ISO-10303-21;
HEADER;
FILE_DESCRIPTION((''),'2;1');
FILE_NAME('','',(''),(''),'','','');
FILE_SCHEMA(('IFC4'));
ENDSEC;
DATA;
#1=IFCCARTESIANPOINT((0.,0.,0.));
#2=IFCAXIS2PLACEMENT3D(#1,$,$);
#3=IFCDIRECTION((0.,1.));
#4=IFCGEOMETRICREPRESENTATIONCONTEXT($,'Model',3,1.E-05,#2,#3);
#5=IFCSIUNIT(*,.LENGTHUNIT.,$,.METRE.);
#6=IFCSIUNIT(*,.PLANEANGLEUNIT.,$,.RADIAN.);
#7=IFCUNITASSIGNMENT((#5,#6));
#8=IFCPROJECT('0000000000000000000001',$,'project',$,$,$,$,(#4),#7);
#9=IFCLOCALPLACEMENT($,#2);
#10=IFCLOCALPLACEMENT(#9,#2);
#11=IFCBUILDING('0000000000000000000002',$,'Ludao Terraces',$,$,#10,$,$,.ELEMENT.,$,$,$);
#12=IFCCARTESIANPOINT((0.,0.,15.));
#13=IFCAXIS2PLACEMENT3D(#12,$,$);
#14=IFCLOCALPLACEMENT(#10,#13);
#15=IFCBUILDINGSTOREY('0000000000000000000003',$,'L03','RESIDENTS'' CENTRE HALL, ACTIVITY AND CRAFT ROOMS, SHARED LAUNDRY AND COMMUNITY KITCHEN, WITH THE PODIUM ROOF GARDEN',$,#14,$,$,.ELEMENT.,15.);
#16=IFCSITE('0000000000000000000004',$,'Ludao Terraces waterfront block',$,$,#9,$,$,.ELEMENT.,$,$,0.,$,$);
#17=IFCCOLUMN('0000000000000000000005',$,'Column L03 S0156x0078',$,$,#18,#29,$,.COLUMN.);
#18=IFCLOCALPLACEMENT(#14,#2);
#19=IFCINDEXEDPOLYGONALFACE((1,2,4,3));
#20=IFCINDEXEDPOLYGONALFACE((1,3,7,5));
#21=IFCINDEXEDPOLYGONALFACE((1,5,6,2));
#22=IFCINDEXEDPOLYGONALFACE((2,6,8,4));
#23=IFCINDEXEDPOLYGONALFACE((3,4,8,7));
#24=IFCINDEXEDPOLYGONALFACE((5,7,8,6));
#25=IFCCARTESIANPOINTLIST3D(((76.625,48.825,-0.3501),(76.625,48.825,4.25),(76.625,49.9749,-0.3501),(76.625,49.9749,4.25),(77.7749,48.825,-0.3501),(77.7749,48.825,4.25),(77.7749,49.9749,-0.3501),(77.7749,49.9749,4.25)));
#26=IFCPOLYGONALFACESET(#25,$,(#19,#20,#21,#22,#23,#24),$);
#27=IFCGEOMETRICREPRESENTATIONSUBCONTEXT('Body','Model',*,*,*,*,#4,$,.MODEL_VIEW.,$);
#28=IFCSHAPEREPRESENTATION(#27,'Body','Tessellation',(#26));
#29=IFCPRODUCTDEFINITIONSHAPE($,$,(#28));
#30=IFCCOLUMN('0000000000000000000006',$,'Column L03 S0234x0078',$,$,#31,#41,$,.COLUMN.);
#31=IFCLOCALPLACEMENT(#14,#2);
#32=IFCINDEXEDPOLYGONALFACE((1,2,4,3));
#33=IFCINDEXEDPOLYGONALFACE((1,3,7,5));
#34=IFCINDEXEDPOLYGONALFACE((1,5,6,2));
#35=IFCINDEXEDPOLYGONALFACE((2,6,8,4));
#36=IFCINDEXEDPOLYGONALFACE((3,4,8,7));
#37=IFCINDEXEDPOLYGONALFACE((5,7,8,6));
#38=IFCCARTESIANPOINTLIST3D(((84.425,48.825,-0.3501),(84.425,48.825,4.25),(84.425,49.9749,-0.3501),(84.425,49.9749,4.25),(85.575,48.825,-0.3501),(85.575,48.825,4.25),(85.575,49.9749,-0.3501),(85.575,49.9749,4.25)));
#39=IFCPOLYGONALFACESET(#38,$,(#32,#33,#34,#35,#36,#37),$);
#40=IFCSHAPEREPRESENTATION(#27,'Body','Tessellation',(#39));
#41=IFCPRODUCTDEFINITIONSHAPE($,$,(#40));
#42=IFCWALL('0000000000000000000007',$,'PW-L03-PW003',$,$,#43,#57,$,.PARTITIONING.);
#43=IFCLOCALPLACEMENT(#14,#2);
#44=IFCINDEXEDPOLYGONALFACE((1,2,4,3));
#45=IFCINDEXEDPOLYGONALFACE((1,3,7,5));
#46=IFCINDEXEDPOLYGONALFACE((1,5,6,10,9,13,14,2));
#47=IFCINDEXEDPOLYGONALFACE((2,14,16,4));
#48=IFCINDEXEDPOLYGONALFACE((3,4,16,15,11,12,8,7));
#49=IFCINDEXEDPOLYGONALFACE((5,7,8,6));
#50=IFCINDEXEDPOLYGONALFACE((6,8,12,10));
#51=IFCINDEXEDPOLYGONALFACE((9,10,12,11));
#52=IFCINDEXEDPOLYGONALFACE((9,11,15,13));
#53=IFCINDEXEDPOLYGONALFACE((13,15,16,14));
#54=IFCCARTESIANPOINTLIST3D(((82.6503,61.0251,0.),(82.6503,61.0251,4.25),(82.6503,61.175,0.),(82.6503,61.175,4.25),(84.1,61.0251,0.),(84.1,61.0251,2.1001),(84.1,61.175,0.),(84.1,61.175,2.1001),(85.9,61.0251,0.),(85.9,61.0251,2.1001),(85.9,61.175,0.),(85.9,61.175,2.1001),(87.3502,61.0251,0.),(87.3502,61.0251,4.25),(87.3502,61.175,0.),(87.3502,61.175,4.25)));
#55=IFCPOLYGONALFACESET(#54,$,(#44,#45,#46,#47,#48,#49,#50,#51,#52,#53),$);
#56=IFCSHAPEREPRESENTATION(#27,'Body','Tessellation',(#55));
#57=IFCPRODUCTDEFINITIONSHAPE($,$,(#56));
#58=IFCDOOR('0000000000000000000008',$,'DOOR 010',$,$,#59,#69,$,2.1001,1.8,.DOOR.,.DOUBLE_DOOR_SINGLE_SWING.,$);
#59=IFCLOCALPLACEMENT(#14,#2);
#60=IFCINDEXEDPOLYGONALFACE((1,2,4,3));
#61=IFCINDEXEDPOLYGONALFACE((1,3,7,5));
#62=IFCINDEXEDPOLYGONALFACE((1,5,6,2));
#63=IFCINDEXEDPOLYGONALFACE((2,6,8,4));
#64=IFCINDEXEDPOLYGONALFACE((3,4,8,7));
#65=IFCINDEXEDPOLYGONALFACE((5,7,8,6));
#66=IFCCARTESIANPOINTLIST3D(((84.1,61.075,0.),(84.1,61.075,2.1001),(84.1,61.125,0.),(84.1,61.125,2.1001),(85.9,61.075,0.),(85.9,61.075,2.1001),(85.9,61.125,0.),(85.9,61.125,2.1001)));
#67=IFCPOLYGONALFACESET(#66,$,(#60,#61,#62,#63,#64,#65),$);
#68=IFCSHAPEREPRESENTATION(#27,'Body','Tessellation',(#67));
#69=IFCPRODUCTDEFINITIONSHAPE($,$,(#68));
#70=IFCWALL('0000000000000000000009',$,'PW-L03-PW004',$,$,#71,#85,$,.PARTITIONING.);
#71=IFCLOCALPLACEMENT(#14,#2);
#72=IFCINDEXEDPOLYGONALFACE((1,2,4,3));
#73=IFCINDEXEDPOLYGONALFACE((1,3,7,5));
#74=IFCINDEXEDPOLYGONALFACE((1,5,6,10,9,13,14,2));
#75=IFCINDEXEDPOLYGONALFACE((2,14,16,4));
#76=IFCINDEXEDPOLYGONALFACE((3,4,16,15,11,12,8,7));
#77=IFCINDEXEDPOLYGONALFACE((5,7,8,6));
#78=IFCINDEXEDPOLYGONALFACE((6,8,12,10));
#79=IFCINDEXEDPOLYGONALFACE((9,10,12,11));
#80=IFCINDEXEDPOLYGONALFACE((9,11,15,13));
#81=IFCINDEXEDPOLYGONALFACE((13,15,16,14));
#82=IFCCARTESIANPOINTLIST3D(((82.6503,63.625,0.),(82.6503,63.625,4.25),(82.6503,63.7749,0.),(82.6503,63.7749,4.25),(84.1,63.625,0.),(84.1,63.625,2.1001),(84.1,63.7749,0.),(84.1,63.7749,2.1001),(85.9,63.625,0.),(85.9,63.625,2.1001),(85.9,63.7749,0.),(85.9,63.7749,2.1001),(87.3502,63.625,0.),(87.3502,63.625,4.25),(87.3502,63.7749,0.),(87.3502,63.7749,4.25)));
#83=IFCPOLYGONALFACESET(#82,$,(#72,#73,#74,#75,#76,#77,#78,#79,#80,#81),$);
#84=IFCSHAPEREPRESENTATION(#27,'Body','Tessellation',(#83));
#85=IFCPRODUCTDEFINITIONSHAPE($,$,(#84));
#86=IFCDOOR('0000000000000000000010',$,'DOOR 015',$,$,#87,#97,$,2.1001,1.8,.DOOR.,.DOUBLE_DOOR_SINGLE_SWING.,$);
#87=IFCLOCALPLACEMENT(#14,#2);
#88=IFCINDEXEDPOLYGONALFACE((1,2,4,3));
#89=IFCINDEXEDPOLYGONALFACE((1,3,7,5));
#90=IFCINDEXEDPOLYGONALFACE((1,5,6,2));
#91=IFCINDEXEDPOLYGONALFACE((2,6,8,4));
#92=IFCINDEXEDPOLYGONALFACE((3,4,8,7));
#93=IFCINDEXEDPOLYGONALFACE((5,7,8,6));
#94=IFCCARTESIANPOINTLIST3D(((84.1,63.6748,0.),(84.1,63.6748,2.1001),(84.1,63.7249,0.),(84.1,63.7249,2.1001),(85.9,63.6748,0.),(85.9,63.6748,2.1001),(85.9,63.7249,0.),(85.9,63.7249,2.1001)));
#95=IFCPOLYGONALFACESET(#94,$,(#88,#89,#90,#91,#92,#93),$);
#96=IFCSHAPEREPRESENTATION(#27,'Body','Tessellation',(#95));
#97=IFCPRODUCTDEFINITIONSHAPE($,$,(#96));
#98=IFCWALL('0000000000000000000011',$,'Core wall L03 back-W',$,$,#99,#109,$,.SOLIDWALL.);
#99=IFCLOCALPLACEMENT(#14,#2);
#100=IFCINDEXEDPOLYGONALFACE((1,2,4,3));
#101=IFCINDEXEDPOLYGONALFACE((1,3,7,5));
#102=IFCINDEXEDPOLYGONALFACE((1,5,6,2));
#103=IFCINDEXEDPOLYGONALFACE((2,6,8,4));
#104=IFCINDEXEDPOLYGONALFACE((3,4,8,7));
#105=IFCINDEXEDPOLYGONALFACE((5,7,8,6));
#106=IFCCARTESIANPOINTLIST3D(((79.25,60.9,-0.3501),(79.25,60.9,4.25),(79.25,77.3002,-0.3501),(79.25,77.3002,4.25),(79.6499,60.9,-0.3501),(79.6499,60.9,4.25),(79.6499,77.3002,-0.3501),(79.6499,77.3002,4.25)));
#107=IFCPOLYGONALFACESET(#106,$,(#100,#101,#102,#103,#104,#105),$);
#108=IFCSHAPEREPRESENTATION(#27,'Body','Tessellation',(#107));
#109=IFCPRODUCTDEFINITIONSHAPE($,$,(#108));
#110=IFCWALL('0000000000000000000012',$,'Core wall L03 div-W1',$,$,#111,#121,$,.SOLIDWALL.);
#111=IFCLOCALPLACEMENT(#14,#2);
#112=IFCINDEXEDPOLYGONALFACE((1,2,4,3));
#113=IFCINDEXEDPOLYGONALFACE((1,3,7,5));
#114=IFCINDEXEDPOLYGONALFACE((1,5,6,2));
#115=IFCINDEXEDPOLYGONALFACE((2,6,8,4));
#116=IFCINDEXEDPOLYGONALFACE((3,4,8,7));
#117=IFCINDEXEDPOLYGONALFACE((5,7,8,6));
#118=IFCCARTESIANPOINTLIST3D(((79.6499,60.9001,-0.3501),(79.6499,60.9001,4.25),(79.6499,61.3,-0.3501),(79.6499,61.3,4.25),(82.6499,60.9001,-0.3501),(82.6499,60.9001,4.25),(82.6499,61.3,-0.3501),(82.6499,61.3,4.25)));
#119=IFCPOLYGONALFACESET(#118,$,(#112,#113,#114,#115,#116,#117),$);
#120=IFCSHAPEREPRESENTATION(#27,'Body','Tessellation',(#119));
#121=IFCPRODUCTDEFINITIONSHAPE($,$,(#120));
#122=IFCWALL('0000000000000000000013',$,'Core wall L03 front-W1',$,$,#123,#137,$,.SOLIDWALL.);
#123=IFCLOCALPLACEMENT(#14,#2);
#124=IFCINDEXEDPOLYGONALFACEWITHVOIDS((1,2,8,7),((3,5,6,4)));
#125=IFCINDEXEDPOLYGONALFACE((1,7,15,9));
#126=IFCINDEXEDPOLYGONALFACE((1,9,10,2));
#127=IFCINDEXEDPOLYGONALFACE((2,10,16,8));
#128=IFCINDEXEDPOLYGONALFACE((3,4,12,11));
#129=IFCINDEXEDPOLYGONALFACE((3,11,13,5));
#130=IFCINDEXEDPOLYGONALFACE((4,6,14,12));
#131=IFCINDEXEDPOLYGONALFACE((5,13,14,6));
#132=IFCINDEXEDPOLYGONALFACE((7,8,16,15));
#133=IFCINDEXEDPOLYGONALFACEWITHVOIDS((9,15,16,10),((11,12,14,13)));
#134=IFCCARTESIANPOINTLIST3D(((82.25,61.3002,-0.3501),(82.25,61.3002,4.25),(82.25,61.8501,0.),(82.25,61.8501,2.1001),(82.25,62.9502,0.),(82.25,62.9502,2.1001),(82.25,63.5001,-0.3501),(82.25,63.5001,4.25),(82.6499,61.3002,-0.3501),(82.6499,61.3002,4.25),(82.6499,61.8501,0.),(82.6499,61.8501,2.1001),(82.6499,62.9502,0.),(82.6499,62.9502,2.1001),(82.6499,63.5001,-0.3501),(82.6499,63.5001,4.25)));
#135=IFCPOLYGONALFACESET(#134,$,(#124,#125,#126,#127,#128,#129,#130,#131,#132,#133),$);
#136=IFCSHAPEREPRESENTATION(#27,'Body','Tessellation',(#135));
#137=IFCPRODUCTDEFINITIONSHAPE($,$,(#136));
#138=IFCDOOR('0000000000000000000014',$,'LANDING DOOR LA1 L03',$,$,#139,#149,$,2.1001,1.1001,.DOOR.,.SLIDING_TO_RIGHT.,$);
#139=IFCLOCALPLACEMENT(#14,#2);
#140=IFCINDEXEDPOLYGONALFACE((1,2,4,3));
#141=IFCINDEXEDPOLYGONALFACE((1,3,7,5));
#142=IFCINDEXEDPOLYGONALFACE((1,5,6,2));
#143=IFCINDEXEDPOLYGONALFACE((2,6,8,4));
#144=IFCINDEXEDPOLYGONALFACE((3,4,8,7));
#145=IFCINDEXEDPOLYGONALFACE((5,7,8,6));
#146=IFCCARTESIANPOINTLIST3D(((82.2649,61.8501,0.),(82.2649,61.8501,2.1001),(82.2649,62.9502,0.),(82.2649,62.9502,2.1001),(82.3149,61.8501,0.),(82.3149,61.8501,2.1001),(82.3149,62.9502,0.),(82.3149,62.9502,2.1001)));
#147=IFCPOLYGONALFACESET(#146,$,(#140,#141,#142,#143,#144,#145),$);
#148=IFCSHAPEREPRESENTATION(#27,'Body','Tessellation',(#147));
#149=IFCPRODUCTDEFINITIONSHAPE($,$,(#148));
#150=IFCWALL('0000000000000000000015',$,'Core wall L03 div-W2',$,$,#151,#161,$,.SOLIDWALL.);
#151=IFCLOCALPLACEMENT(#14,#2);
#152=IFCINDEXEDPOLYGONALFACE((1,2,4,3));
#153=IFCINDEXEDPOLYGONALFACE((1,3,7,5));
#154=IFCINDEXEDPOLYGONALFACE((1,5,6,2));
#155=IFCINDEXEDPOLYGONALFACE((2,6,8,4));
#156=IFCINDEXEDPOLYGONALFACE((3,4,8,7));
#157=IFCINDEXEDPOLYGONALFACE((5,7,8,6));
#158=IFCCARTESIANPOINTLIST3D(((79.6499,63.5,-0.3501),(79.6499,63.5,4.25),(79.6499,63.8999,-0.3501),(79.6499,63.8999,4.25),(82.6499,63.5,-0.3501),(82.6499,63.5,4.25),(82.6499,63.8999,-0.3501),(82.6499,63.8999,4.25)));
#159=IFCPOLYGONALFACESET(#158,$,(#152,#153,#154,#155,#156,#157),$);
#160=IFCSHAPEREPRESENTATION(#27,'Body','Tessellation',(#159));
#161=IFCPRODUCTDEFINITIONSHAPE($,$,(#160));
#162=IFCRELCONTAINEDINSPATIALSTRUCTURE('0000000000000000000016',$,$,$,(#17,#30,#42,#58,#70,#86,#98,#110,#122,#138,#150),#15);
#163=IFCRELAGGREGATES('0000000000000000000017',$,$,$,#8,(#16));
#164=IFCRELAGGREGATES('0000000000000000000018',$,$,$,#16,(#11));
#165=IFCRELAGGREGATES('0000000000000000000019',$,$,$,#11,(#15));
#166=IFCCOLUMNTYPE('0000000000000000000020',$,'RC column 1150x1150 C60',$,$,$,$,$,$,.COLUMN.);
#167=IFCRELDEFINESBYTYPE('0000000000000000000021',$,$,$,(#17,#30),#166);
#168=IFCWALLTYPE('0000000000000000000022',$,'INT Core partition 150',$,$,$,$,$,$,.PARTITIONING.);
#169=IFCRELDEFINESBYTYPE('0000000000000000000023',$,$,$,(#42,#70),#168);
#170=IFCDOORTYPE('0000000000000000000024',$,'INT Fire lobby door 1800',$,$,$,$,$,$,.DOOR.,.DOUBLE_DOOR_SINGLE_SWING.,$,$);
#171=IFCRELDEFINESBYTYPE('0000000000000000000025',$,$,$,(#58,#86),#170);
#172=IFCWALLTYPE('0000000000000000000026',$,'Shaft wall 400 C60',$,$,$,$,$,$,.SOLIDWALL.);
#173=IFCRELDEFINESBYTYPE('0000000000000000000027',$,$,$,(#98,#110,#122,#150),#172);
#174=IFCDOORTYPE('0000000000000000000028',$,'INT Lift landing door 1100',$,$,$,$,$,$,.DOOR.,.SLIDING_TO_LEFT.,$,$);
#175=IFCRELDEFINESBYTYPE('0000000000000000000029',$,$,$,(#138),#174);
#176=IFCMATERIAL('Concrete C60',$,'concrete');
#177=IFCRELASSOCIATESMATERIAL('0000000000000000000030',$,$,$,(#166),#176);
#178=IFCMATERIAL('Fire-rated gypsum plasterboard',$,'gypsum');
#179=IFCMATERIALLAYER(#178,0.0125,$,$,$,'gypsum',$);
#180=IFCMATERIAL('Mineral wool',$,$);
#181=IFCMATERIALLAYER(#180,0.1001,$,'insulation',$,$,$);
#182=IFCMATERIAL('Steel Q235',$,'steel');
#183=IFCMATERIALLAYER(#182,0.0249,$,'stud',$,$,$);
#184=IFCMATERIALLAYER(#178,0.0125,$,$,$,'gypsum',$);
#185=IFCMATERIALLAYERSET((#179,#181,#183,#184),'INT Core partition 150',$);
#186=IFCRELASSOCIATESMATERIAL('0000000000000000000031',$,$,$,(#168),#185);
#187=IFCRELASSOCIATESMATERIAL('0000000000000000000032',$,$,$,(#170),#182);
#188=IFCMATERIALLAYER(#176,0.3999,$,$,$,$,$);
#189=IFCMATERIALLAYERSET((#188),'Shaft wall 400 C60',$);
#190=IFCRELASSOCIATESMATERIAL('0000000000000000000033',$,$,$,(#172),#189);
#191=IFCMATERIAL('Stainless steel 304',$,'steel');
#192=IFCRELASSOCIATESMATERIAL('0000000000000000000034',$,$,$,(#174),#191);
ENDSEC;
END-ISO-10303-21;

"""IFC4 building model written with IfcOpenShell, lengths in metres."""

from ifc_helpers import new_model, si_unit, direction, frame, frame_2d, origin, origin_2d, place, context, subcontext, project, spatial, rectangle, extrude, material, layer, layer_set, material_profile, profile_set, type_object, element, fill, save


model = new_model("IFC4")

# Units and contexts
model_context = context("Model", 3, precision=1e-05, world=origin(), true_north=direction((0.0, 1.0)))
body_context = subcontext(model_context, "Body", "Model", "MODEL_VIEW")
ifc_project = project(units=[si_unit("LENGTHUNIT", "METRE"), si_unit("PLANEANGLEUNIT", "RADIAN")], contexts=[model_context])

# Site, building, storey
site_placement = place(None, origin())
site = spatial("IfcSite", under=ifc_project, at=site_placement, Name="Ludao Terraces waterfront block", CompositionType="ELEMENT", RefElevation=0.0)
building_placement = place(site_placement, origin())
building = spatial("IfcBuilding", under=site, at=building_placement, Name="Ludao Terraces", CompositionType="ELEMENT")
storey_placement = place(building_placement, frame((0.0, 0.0, 15.0)))
storey = spatial("IfcBuildingStorey", under=building, at=storey_placement, Name="L03", Description="RESIDENTS' CENTRE HALL, ACTIVITY AND CRAFT ROOMS, SHARED LAUNDRY AND COMMUNITY KITCHEN, WITH THE PODIUM ROOF GARDEN", CompositionType="ELEMENT", Elevation=15.0)

# Columns
ifc_material_1 = material(Name="Concrete C60", Category="concrete")
ifc_material_profile = material_profile(ifc_material_1, rectangle(XDim=1.1499, YDim=1.1499, at=origin_2d()), Name="1150 X 1150")
ifc_profile_set = profile_set([ifc_material_profile], Name="Concrete C60")
column_type = type_object("IfcColumnType", Name="RC column 1150x1150 C60", PredefinedType="COLUMN", material=ifc_profile_set)
for number, where, z_axis, x_axis, name in (
    (1, (77.2, 49.3999, -0.3501), (0.0, 0.0, 1.0), (1.0, 0.0, 0.0), "Column L03 S0156x0078"),
    (2, (85.0, 49.3999, -0.3501), (0.0, 0.0, 1.0), (1.0, 0.0, 0.0), "Column L03 S0234x0078"),
):
    element("IfcColumn", number, at=place(storey_placement, frame(where, z_axis=z_axis, x_axis=x_axis)), inside=storey, type_object=column_type, Name=name, PredefinedType="COLUMN", context=body_context, shape_type="SweptSolid", body=[
        extrude(rectangle(XDim=1.1499, YDim=1.1499, at=origin_2d()), origin(), (0.0, 0.0, 1.0), 4.6001),
    ])

# Walls, openings, doors
ifc_material_2 = material(Name="Fire-rated gypsum plasterboard", Category="gypsum")
ifc_layer_1 = layer(ifc_material_2, 0.0125, Category="gypsum")
ifc_material_3 = material(Name="Mineral wool")
ifc_layer_2 = layer(ifc_material_3, 0.1001, Name="insulation")
ifc_material_4 = material(Name="Steel Q235", Category="steel")
ifc_layer_3 = layer(ifc_material_4, 0.0249, Name="stud")
ifc_layer_4 = layer(ifc_material_2, 0.0125, Category="gypsum")
ifc_layer_set_1 = layer_set([ifc_layer_1, ifc_layer_2, ifc_layer_3, ifc_layer_4], Name="INT Core partition 150")
wall_type_1 = type_object("IfcWallType", Name="INT Core partition 150", PredefinedType="PARTITIONING", material=ifc_layer_set_1)
wall_1_placement = place(storey_placement, frame((82.6501, 61.1001, 0.0), z_axis=(0.0, 0.0, 1.0), x_axis=(1.0, 0.0, 0.0)))
wall_1 = element("IfcWall", 3, at=wall_1_placement, inside=storey, type_object=wall_type_1, Name="PW-L03-PW003", PredefinedType="PARTITIONING", context=body_context, shape_type="SweptSolid", body=[
    extrude(rectangle(XDim=4.7, YDim=0.1499, at=frame_2d((2.3501, 0.0))), origin(), (0.0, 0.0, 1.0), 4.25),
])
opening_1_placement = place(wall_1_placement, frame((1.45, 0.0, 0.0)))
opening_1 = element("IfcOpeningElement", 4, at=opening_1_placement, cuts=wall_1, PredefinedType="OPENING", context=body_context, shape_type="SweptSolid", body=[
    extrude(rectangle(XDim=1.8, YDim=2.1001, at=frame_2d((0.8999, 1.05))), frame((0.0, 0.085, 0.0), z_axis=(0.0, -1.0, 0.0), x_axis=(1.0, 0.0, 0.0)), (0.0, 0.0, 1.0), 0.1699),
])
door_type_1 = type_object("IfcDoorType", Name="INT Fire lobby door 1800", OperationType="DOUBLE_DOOR_SINGLE_SWING", PredefinedType="DOOR", material=ifc_material_4)
door_1_placement = place(opening_1_placement, origin())
door_1 = element("IfcDoor", 5, at=door_1_placement, inside=storey, type_object=door_type_1, Name="DOOR 010", OperationType="DOUBLE_DOOR_SINGLE_SWING", OverallHeight=2.1001, OverallWidth=1.8, PredefinedType="DOOR", context=body_context, shape_type="SweptSolid", body=[
    extrude(rectangle(XDim=1.8, YDim=2.1001, at=frame_2d((0.8999, 1.05))), frame((0.0, 0.0249, 0.0), z_axis=(0.0, -1.0, 0.0), x_axis=(1.0, 0.0, 0.0)), (0.0, 0.0, 1.0), 0.05),
])
fill(opening_1, door_1)
wall_2_placement = place(storey_placement, frame((82.6501, 63.7, 0.0), z_axis=(0.0, 0.0, 1.0), x_axis=(1.0, 0.0, 0.0)))
wall_2 = element("IfcWall", 6, at=wall_2_placement, inside=storey, type_object=wall_type_1, Name="PW-L03-PW004", PredefinedType="PARTITIONING", context=body_context, shape_type="SweptSolid", body=[
    extrude(rectangle(XDim=4.7, YDim=0.1499, at=frame_2d((2.3501, 0.0))), origin(), (0.0, 0.0, 1.0), 4.25),
])
opening_2_placement = place(wall_2_placement, frame((1.45, 0.0, 0.0)))
opening_2 = element("IfcOpeningElement", 7, at=opening_2_placement, cuts=wall_2, PredefinedType="OPENING", context=body_context, shape_type="SweptSolid", body=[
    extrude(rectangle(XDim=1.8, YDim=2.1001, at=frame_2d((0.8999, 1.05))), frame((0.0, 0.085, 0.0), z_axis=(0.0, -1.0, 0.0), x_axis=(1.0, 0.0, 0.0)), (0.0, 0.0, 1.0), 0.1699),
])
door_2_placement = place(opening_2_placement, origin())
door_2 = element("IfcDoor", 8, at=door_2_placement, inside=storey, type_object=door_type_1, Name="DOOR 015", OperationType="DOUBLE_DOOR_SINGLE_SWING", OverallHeight=2.1001, OverallWidth=1.8, PredefinedType="DOOR", context=body_context, shape_type="SweptSolid", body=[
    extrude(rectangle(XDim=1.8, YDim=2.1001, at=frame_2d((0.8999, 1.05))), frame((0.0, 0.0249, 0.0), z_axis=(0.0, -1.0, 0.0), x_axis=(1.0, 0.0, 0.0)), (0.0, 0.0, 1.0), 0.05),
])
fill(opening_2, door_2)

# Walls
ifc_layer_5 = layer(ifc_material_1, 0.3999)
ifc_layer_set_2 = layer_set([ifc_layer_5], Name="Shaft wall 400 C60")
wall_type_2 = type_object("IfcWallType", Name="Shaft wall 400 C60", PredefinedType="SOLIDWALL", material=ifc_layer_set_2)
wall_3_placement = place(storey_placement, frame((79.45, 60.8999, -0.3501), z_axis=(0.0, 0.0, 1.0), x_axis=(0.0, 1.0, 0.0)))
element("IfcWall", 9, at=wall_3_placement, inside=storey, type_object=wall_type_2, Name="Core wall L03 back-W", PredefinedType="SOLIDWALL", context=body_context, shape_type="SweptSolid", body=[
    extrude(rectangle(XDim=16.4001, YDim=0.3999, at=frame_2d((8.2002, 0.0))), origin(), (0.0, 0.0, 1.0), 4.6001),
])
wall_4_placement = place(storey_placement, frame((79.6499, 61.1001, -0.3501), z_axis=(0.0, 0.0, 1.0), x_axis=(1.0, 0.0, 0.0)))
element("IfcWall", 10, at=wall_4_placement, inside=storey, type_object=wall_type_2, Name="Core wall L03 div-W1", PredefinedType="SOLIDWALL", context=body_context, shape_type="SweptSolid", body=[
    extrude(rectangle(XDim=3.0, YDim=0.3999, at=frame_2d((1.5, 0.0))), origin(), (0.0, 0.0, 1.0), 4.6001),
])

# Wall, opening, door
wall_5_placement = place(storey_placement, frame((82.45, 61.3, -0.3501), z_axis=(0.0, 0.0, 1.0), x_axis=(0.0, 1.0, 0.0)))
wall_5 = element("IfcWall", 11, at=wall_5_placement, inside=storey, type_object=wall_type_2, Name="Core wall L03 front-W1", PredefinedType="SOLIDWALL", context=body_context, shape_type="SweptSolid", body=[
    extrude(rectangle(XDim=2.2, YDim=0.3999, at=frame_2d((1.1001, 0.0))), origin(), (0.0, 0.0, 1.0), 4.6001),
])
opening_3_placement = place(wall_5_placement, frame((0.55, 0.0, 0.3501)))
opening_3 = element("IfcOpeningElement", 12, at=opening_3_placement, cuts=wall_5, PredefinedType="OPENING", context=body_context, shape_type="SweptSolid", body=[
    extrude(rectangle(XDim=1.1001, YDim=2.1001, at=frame_2d((0.55, 1.05))), frame((0.0, 0.21, 0.0), z_axis=(0.0, -1.0, 0.0), x_axis=(1.0, 0.0, 0.0)), (0.0, 0.0, 1.0), 0.4199),
])
ifc_material_5 = material(Name="Stainless steel 304", Category="steel")
door_type_2 = type_object("IfcDoorType", Name="INT Lift landing door 1100", OperationType="SLIDING_TO_LEFT", PredefinedType="DOOR", material=ifc_material_5)
door_3_placement = place(opening_3_placement, origin())
door_3 = element("IfcDoor", 13, at=door_3_placement, inside=storey, type_object=door_type_2, Name="LANDING DOOR LA1 L03", OperationType="SLIDING_TO_RIGHT", OverallHeight=2.1001, OverallWidth=1.1001, PredefinedType="DOOR", context=body_context, shape_type="SweptSolid", body=[
    extrude(rectangle(XDim=1.1001, YDim=2.1001, at=frame_2d((0.55, 1.05))), frame((0.0, 0.1851, 0.0), z_axis=(0.0, -1.0, 0.0), x_axis=(1.0, 0.0, 0.0)), (0.0, 0.0, 1.0), 0.05),
])
fill(opening_3, door_3)

# Wall
wall_6_placement = place(storey_placement, frame((79.6499, 63.7, -0.3501), z_axis=(0.0, 0.0, 1.0), x_axis=(1.0, 0.0, 0.0)))
element("IfcWall", 14, at=wall_6_placement, inside=storey, type_object=wall_type_2, Name="Core wall L03 div-W2", PredefinedType="SOLIDWALL", context=body_context, shape_type="SweptSolid", body=[
    extrude(rectangle(XDim=3.0, YDim=0.3999, at=frame_2d((1.5, 0.0))), origin(), (0.0, 0.0, 1.0), 4.6001),
])

save(model, "model.ifc")
